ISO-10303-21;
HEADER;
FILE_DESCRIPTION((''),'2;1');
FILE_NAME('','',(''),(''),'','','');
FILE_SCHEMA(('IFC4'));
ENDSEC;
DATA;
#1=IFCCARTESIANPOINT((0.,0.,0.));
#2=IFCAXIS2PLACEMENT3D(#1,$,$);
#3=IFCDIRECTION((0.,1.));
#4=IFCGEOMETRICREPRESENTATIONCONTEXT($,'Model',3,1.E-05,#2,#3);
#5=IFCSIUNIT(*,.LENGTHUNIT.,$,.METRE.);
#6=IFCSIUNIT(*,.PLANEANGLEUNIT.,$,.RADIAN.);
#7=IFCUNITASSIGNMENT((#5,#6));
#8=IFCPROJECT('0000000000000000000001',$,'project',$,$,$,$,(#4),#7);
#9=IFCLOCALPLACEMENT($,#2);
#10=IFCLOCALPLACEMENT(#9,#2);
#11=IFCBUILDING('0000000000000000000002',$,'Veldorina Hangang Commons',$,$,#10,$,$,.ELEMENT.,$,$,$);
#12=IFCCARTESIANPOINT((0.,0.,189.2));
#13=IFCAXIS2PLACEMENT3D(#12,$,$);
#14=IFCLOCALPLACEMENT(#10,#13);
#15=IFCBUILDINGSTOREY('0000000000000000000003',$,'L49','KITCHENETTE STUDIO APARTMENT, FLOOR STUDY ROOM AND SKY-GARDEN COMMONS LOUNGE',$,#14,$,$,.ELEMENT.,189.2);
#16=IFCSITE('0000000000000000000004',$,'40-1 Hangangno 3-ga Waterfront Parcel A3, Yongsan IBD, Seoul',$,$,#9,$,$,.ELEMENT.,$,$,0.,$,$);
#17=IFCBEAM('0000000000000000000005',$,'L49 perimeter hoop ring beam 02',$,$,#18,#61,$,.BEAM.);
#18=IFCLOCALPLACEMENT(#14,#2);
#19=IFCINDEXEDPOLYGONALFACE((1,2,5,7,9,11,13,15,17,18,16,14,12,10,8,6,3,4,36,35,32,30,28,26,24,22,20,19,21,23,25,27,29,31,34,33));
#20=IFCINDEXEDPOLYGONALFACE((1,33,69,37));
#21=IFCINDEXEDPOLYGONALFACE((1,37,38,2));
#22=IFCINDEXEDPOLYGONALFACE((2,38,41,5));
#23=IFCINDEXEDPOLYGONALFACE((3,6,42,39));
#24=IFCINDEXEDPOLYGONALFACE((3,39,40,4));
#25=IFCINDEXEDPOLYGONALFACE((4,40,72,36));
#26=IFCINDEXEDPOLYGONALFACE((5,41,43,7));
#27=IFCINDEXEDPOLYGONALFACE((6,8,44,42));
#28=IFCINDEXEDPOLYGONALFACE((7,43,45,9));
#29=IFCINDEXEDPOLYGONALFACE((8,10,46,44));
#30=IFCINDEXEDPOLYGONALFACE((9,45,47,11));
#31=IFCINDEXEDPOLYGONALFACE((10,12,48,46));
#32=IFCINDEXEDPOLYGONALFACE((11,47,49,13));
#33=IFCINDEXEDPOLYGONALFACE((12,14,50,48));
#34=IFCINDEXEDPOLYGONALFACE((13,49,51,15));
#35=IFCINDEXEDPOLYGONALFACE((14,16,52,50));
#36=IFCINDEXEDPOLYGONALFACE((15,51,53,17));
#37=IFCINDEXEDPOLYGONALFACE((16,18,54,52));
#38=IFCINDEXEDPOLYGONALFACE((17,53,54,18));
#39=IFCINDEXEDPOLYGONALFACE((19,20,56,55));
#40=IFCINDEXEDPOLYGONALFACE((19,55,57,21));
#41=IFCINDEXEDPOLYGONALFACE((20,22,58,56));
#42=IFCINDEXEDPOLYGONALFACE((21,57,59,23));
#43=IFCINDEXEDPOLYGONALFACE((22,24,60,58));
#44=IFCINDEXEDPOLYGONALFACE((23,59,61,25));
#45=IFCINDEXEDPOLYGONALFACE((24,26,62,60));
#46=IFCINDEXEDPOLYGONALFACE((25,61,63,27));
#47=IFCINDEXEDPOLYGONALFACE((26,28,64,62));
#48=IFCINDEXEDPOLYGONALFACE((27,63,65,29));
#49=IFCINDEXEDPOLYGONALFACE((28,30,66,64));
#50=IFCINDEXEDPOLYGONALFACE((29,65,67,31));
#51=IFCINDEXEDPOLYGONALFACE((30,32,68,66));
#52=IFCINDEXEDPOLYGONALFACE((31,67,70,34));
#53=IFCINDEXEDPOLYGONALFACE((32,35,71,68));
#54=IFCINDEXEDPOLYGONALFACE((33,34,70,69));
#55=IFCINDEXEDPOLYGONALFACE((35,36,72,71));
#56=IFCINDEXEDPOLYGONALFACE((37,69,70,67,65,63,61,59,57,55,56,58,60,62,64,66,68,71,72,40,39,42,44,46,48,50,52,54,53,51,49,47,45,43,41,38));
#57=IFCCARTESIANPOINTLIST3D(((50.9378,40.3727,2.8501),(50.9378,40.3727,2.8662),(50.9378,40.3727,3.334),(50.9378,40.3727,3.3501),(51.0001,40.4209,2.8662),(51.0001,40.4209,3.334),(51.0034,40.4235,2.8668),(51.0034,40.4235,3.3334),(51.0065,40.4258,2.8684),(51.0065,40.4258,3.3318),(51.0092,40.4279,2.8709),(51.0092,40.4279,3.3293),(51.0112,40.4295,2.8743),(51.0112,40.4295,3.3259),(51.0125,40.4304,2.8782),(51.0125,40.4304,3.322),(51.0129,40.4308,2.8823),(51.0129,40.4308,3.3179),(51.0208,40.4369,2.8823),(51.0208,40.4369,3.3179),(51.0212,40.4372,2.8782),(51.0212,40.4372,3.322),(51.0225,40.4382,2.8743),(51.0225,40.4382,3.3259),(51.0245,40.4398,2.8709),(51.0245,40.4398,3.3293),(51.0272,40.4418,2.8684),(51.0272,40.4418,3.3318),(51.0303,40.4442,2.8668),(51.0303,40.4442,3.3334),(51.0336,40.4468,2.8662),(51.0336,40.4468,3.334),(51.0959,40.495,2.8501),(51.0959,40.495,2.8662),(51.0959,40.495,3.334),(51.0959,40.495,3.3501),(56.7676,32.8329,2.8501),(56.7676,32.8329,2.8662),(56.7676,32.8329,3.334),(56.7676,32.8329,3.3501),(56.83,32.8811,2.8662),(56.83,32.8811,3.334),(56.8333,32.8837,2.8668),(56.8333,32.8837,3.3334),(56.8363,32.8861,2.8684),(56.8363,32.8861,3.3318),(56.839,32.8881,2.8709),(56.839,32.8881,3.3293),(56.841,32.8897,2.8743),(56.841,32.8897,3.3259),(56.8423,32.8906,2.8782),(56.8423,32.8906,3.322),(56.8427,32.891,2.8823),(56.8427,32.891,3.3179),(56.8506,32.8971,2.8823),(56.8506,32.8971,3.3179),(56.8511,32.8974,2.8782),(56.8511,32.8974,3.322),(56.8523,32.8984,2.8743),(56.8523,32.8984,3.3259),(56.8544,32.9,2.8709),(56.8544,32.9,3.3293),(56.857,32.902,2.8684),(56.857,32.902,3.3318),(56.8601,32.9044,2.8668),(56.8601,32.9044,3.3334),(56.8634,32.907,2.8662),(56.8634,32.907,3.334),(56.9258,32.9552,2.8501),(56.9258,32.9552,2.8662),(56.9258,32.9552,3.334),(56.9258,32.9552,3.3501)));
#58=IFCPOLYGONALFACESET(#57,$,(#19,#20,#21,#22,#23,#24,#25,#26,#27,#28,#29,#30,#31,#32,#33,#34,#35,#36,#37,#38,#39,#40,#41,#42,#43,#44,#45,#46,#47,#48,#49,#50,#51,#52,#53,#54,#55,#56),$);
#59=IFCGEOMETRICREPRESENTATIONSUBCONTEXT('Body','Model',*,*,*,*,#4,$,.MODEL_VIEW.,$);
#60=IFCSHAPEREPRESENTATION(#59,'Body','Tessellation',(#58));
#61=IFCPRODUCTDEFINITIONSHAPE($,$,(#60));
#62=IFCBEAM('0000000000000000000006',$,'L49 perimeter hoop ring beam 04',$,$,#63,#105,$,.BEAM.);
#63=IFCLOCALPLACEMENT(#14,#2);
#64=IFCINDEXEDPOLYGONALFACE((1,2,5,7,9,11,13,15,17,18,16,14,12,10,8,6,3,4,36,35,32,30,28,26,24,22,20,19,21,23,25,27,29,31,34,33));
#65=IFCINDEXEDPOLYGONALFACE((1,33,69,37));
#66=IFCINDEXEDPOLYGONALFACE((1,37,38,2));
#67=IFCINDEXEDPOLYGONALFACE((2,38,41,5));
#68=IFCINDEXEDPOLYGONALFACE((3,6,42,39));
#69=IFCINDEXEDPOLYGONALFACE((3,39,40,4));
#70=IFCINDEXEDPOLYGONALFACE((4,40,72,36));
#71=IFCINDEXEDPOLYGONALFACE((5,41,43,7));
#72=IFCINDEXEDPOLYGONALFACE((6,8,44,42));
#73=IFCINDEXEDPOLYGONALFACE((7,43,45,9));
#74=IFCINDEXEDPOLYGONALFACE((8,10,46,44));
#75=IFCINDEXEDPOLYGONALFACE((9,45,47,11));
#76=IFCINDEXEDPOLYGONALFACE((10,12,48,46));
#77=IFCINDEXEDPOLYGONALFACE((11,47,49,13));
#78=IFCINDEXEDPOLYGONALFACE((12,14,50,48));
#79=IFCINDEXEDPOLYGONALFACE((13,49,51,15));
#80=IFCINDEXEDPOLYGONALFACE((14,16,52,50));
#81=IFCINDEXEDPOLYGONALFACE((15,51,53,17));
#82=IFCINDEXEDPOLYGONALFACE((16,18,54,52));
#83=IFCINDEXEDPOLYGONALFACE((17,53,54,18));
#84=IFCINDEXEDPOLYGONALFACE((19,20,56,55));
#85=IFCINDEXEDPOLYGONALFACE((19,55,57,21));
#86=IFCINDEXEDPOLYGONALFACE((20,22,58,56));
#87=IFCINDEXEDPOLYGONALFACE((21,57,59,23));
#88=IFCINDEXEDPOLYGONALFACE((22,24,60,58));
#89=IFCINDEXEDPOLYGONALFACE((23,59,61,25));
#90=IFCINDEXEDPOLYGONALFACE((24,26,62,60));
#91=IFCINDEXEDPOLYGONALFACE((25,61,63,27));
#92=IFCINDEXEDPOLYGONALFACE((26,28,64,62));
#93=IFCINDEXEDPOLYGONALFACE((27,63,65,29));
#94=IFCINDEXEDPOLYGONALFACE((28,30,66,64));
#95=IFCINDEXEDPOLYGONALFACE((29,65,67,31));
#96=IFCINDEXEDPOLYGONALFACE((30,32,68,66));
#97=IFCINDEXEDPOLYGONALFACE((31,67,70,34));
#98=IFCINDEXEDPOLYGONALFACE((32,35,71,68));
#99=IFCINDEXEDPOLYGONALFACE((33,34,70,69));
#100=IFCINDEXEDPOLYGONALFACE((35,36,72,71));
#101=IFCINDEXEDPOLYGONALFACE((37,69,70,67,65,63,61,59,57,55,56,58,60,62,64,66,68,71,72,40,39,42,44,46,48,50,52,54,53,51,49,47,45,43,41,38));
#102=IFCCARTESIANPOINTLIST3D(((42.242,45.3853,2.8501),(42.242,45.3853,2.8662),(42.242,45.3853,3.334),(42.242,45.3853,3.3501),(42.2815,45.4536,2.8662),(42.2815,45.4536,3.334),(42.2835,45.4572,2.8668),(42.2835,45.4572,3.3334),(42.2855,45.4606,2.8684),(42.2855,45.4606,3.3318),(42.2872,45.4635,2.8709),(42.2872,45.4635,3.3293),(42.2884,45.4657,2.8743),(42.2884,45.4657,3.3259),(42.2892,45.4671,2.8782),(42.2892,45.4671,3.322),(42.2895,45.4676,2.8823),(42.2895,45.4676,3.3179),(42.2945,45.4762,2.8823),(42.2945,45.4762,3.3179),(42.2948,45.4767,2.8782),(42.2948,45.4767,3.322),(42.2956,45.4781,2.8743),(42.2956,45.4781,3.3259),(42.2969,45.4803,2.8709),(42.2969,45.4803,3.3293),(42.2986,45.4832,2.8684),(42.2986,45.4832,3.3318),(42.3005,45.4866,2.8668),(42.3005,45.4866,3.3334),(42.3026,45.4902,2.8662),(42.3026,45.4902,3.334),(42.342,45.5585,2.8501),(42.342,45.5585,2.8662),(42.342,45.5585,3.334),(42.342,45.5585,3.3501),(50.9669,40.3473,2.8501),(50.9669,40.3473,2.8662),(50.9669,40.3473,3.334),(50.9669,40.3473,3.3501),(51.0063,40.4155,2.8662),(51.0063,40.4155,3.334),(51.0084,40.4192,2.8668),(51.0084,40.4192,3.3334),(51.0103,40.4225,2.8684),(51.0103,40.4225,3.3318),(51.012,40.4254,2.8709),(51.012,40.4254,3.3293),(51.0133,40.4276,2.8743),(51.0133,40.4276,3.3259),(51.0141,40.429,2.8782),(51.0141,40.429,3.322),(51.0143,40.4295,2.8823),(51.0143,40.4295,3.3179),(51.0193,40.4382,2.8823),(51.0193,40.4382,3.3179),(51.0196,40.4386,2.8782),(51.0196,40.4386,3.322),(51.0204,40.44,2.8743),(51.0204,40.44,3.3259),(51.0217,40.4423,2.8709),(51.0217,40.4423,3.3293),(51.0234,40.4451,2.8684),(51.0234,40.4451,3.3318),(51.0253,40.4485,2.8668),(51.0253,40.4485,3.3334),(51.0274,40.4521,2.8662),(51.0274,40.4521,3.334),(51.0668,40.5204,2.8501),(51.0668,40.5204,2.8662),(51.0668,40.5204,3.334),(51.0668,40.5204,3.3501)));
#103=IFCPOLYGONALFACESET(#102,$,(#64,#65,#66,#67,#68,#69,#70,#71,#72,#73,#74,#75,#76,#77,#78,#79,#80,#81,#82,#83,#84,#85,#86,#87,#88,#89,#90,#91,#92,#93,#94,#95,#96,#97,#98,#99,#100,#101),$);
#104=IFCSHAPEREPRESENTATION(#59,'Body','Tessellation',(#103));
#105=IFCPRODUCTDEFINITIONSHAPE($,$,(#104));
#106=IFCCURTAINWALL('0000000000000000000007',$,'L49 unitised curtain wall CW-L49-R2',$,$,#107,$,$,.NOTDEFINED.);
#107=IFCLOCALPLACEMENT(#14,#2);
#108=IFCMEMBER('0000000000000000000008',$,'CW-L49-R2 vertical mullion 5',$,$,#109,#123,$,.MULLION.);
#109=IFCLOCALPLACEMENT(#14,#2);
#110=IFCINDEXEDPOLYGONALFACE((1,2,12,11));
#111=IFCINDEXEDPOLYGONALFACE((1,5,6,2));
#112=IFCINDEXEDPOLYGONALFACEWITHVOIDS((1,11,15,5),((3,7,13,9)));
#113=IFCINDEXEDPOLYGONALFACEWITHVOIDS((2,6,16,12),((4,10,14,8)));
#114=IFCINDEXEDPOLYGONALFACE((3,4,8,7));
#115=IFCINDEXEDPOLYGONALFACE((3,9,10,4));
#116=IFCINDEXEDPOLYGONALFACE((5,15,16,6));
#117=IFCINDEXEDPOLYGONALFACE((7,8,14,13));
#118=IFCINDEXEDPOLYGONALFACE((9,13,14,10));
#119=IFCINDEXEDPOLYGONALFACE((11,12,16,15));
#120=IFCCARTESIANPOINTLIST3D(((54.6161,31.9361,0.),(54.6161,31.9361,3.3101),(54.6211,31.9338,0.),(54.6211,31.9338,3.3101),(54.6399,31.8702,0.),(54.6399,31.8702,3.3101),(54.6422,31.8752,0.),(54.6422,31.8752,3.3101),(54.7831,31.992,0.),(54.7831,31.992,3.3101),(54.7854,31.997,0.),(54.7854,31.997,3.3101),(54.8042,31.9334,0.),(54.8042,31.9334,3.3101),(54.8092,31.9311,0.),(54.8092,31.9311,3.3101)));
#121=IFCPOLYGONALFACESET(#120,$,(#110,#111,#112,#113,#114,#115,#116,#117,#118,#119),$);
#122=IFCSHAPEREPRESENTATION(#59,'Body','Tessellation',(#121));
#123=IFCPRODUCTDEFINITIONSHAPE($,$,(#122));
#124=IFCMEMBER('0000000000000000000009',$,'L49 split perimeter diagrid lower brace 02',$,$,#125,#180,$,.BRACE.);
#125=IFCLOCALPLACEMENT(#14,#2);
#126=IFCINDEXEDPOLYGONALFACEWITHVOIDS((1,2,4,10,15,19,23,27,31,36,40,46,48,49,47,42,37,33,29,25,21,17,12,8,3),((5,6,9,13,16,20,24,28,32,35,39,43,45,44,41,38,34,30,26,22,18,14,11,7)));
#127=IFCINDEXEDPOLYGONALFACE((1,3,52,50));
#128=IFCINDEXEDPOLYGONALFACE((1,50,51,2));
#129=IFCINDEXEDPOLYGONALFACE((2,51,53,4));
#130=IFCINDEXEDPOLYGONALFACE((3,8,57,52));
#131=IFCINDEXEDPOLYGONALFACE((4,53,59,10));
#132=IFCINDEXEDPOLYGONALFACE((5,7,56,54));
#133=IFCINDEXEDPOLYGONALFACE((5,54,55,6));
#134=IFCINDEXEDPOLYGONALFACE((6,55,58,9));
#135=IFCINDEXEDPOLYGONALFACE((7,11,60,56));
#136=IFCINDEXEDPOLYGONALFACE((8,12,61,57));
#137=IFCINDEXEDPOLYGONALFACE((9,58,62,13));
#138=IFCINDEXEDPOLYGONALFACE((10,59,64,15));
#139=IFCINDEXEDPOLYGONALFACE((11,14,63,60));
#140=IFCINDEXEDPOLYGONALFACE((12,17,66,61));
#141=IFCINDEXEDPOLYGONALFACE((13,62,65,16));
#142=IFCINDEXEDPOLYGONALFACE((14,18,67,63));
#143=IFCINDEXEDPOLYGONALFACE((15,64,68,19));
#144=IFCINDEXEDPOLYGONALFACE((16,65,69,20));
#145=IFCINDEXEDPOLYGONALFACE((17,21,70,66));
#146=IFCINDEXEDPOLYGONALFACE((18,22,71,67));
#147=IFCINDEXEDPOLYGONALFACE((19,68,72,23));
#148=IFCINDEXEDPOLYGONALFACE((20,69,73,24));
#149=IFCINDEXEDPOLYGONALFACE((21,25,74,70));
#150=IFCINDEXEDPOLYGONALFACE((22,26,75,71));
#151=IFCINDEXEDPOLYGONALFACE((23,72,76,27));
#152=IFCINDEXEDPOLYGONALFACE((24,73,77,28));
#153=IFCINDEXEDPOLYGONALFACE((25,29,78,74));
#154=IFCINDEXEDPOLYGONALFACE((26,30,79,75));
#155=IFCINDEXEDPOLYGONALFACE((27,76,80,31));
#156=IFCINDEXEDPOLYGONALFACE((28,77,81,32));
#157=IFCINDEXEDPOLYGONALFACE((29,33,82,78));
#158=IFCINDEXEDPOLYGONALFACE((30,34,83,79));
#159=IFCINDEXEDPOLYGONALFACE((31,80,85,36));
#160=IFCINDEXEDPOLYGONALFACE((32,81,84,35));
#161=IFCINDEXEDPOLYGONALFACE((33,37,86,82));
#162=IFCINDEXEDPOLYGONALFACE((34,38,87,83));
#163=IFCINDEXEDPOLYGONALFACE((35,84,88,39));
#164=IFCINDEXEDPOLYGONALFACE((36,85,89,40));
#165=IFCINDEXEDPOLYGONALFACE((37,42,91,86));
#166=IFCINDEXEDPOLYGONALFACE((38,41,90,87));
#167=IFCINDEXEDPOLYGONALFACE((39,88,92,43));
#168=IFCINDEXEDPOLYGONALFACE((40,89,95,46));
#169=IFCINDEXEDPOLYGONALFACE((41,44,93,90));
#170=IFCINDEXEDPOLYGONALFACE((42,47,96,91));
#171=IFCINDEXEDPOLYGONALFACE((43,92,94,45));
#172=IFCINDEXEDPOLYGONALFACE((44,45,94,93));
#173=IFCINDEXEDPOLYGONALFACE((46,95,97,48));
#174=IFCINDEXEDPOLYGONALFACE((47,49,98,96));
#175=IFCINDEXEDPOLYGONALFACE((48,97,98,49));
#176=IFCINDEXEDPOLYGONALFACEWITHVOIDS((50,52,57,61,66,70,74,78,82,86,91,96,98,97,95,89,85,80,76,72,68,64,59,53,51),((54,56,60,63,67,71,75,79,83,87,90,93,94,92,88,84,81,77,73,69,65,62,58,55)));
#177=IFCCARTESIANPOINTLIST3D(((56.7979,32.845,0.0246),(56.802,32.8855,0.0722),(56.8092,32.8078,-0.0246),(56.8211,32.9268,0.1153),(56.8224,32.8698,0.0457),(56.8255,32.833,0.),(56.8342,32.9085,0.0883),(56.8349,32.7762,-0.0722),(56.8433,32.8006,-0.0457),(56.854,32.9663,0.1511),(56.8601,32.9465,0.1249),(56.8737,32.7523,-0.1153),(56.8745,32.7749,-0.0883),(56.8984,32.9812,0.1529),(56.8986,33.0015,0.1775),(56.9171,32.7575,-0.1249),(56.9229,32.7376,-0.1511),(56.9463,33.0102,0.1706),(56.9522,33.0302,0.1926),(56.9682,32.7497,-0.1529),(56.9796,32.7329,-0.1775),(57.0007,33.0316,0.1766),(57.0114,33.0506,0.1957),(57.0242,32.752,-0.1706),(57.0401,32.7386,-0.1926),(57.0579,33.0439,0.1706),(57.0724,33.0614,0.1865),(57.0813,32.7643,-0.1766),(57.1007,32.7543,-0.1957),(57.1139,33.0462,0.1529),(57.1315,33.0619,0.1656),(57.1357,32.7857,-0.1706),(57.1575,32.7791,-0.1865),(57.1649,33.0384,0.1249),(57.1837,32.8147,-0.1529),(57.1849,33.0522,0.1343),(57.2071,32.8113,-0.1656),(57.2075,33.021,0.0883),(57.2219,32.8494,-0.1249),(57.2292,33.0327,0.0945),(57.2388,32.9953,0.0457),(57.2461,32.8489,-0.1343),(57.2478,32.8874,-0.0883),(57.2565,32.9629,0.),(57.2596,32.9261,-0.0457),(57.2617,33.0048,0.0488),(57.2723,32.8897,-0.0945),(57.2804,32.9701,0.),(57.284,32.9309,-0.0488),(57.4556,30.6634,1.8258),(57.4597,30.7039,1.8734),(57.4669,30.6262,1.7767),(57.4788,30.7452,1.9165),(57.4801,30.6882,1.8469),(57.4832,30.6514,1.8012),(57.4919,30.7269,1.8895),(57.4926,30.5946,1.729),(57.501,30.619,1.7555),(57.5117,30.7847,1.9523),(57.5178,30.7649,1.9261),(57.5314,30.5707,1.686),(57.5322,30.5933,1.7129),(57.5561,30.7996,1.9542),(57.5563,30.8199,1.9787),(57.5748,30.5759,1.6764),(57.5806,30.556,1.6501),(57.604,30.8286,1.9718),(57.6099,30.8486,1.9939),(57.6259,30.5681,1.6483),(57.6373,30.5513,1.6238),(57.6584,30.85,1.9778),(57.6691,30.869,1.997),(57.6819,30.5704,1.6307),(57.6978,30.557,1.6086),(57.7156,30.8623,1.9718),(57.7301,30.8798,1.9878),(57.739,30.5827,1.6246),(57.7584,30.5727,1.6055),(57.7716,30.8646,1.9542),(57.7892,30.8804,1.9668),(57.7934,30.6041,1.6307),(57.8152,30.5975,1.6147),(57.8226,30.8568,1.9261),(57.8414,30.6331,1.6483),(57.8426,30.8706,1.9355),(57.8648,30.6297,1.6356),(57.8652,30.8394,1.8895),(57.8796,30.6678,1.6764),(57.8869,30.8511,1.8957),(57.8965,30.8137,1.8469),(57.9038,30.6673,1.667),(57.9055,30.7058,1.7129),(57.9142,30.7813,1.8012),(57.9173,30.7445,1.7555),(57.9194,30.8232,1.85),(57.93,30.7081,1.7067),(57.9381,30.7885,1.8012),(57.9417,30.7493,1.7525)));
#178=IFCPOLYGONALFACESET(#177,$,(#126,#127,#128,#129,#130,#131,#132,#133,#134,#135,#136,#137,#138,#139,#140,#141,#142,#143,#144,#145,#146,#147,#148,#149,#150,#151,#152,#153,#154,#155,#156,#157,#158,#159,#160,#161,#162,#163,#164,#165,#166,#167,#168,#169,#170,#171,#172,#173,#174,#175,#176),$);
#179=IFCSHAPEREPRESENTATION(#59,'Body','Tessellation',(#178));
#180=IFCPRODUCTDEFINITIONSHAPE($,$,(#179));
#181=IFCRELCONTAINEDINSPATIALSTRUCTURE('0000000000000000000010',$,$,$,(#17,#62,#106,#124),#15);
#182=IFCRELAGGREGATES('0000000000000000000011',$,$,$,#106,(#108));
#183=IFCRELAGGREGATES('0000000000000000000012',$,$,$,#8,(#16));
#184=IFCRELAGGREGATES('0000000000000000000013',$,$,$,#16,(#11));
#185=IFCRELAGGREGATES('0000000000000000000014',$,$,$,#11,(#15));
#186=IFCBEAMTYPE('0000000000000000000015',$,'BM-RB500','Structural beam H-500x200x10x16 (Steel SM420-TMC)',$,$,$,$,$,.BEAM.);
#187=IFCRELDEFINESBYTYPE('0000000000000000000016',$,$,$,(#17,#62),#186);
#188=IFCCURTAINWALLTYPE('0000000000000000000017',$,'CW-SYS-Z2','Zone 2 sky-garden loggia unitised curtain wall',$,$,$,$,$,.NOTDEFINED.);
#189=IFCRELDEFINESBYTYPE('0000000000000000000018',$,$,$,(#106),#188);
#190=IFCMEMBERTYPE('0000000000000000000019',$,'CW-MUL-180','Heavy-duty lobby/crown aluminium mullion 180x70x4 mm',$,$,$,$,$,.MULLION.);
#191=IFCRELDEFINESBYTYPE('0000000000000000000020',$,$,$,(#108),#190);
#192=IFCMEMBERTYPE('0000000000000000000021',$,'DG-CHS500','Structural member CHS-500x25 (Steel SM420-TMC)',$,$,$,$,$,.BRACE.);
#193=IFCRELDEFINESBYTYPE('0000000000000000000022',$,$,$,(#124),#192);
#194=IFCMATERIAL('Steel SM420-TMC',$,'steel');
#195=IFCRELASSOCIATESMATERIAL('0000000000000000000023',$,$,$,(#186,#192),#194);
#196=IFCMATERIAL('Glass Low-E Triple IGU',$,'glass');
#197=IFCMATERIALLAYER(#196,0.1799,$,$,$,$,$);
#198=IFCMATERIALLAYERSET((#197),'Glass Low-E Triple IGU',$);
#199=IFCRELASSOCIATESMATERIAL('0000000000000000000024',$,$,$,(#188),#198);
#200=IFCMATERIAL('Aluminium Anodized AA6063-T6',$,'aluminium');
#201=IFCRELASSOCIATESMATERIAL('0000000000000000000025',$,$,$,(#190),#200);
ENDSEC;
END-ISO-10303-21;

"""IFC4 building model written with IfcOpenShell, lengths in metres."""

from ifc_helpers import new_model, si_unit, direction, frame, origin, origin_2d, place, context, subcontext, project, spatial, hollow_rectangle, hollow_circle, i_section, extrude, material, layer, layer_set, material_profile, profile_set, type_object, element, aggregate, save


model = new_model("IFC4")

# Units and contexts
model_context = context("Model", 3, precision=1e-05, world=origin(), true_north=direction((0.0, 1.0)))
body_context = subcontext(model_context, "Body", "Model", "MODEL_VIEW")
ifc_project = project(units=[si_unit("LENGTHUNIT", "METRE"), si_unit("PLANEANGLEUNIT", "RADIAN")], contexts=[model_context])

# Site, building, storey
site_placement = place(None, origin())
site = spatial("IfcSite", under=ifc_project, at=site_placement, Name="40-1 Hangangno 3-ga Waterfront Parcel A3, Yongsan IBD, Seoul", CompositionType="ELEMENT", RefElevation=0.0)
building_placement = place(site_placement, origin())
building = spatial("IfcBuilding", under=site, at=building_placement, Name="Veldorina Hangang Commons", CompositionType="ELEMENT")
storey_placement = place(building_placement, frame((0.0, 0.0, 189.2)))
storey = spatial("IfcBuildingStorey", under=building, at=storey_placement, Name="L49", Description="KITCHENETTE STUDIO APARTMENT, FLOOR STUDY ROOM AND SKY-GARDEN COMMONS LOUNGE", CompositionType="ELEMENT", Elevation=189.2)

# Beams
ifc_material_1 = material(Name="Steel SM420-TMC", Category="steel")
ifc_material_profile_1 = material_profile(ifc_material_1, i_section(OverallWidth=0.2, OverallDepth=0.5, WebThickness=0.01, FlangeThickness=0.0161, FilletRadius=0.0161, at=origin_2d()), Name="H-500x200x10x16")
ifc_profile_set_1 = profile_set([ifc_material_profile_1], Name="Steel SM420-TMC")
beam_type = type_object("IfcBeamType", Name="BM-RB500", Description="Structural beam H-500x200x10x16 (Steel SM420-TMC)", PredefinedType="BEAM", material=ifc_profile_set_1)
beam_1_placement = place(storey_placement, frame((56.8467, 32.894, 3.1001), z_axis=(-0.611686, 0.791101, 0.0), x_axis=(-0.791101, -0.611686, 0.0)))
element("IfcBeam", 1, at=beam_1_placement, inside=storey, type_object=beam_type, Name="L49 perimeter hoop ring beam 02", PredefinedType="BEAM", context=body_context, shape_type="SweptSolid", body=[
    extrude(i_section(OverallWidth=0.2, OverallDepth=0.5, WebThickness=0.01, FlangeThickness=0.0161, FilletRadius=0.0161, at=origin_2d()), origin(), (0.0, 0.0, 1.0), 9.5308),
])
beam_2_placement = place(storey_placement, frame((51.0168, 40.4338, 3.1001), z_axis=(-0.865991, 0.500059, 0.0), x_axis=(-0.500059, -0.865991, 0.0)))
element("IfcBeam", 2, at=beam_2_placement, inside=storey, type_object=beam_type, Name="L49 perimeter hoop ring beam 04", PredefinedType="BEAM", context=body_context, shape_type="SweptSolid", body=[
    extrude(i_section(OverallWidth=0.2, OverallDepth=0.5, WebThickness=0.01, FlangeThickness=0.0161, FilletRadius=0.0161, at=origin_2d()), origin(), (0.0, 0.0, 1.0), 10.075),
])

# Curtain wall, member
ifc_material_2 = material(Name="Glass Low-E Triple IGU", Category="glass")
ifc_layer_1 = layer(ifc_material_2, 0.1799)
ifc_layer_set_1 = layer_set([ifc_layer_1], Name="Glass Low-E Triple IGU")
curtain_wall_type = type_object("IfcCurtainWallType", Name="CW-SYS-Z2", Description="Zone 2 sky-garden loggia unitised curtain wall", PredefinedType="NOTDEFINED", material=ifc_layer_set_1)
curtain_wall_placement = place(storey_placement, origin())
curtain_wall = element("IfcCurtainWall", 3, at=curtain_wall_placement, inside=storey, type_object=curtain_wall_type, Name="L49 unitised curtain wall CW-L49-R2", PredefinedType="NOTDEFINED")
ifc_material_3 = material(Name="Aluminium Anodized AA6063-T6", Category="aluminium")
ifc_material_profile_2 = material_profile(ifc_material_3, hollow_rectangle(XDim=0.0701, YDim=0.1799, WallThickness=0.0039, at=origin_2d()), Name="ALU-RHS-180x70x4")
ifc_profile_set_2 = profile_set([ifc_material_profile_2], Name="Aluminium Anodized AA6063-T6")
member_type_1 = type_object("IfcMemberType", Name="CW-MUL-180", Description="Heavy-duty lobby/crown aluminium mullion 180x70x4 mm", PredefinedType="MULLION", material=ifc_profile_set_2)
member_1_placement = place(storey_placement, frame((54.7126, 31.9336, 0.0), z_axis=(0.0, 0.0, 1.0), x_axis=(0.338492, -0.940969, 0.0)))
member_1 = element("IfcMember", 4, at=member_1_placement, type_object=member_type_1, Name="CW-L49-R2 vertical mullion 5", PredefinedType="MULLION", context=body_context, shape_type="SweptSolid", body=[
    extrude(hollow_rectangle(XDim=0.0701, YDim=0.1799, WallThickness=0.0039, at=origin_2d()), origin(), (0.0, 0.0, 1.0), 3.3101),
])
aggregate(curtain_wall, [member_1])

# Member
ifc_material_profile_3 = material_profile(ifc_material_1, hollow_circle(Radius=0.25, WallThickness=0.0249, at=origin_2d()), Name="CHS-500x25")
ifc_profile_set_3 = profile_set([ifc_material_profile_3], Name="Steel SM420-TMC")
member_type_2 = type_object("IfcMemberType", Name="DG-CHS500", Description="Structural member CHS-500x25 (Steel SM420-TMC)", PredefinedType="BRACE", material=ifc_profile_set_3)
member_2_placement = place(storey_placement, frame((57.041, 32.8979, 0.0), z_axis=(0.226439, -0.751098, 0.620143), x_axis=(0.957436, 0.288645, 0.0)))
element("IfcMember", 5, at=member_2_placement, inside=storey, type_object=member_type_2, Name="L49 split perimeter diagrid lower brace 02", PredefinedType="BRACE", context=body_context, shape_type="SweptSolid", body=[
    extrude(hollow_circle(Radius=0.25, WallThickness=0.0249, at=origin_2d()), origin(), (0.0, 0.0, 1.0), 2.9045),
])

save(model, "model.ifc")
